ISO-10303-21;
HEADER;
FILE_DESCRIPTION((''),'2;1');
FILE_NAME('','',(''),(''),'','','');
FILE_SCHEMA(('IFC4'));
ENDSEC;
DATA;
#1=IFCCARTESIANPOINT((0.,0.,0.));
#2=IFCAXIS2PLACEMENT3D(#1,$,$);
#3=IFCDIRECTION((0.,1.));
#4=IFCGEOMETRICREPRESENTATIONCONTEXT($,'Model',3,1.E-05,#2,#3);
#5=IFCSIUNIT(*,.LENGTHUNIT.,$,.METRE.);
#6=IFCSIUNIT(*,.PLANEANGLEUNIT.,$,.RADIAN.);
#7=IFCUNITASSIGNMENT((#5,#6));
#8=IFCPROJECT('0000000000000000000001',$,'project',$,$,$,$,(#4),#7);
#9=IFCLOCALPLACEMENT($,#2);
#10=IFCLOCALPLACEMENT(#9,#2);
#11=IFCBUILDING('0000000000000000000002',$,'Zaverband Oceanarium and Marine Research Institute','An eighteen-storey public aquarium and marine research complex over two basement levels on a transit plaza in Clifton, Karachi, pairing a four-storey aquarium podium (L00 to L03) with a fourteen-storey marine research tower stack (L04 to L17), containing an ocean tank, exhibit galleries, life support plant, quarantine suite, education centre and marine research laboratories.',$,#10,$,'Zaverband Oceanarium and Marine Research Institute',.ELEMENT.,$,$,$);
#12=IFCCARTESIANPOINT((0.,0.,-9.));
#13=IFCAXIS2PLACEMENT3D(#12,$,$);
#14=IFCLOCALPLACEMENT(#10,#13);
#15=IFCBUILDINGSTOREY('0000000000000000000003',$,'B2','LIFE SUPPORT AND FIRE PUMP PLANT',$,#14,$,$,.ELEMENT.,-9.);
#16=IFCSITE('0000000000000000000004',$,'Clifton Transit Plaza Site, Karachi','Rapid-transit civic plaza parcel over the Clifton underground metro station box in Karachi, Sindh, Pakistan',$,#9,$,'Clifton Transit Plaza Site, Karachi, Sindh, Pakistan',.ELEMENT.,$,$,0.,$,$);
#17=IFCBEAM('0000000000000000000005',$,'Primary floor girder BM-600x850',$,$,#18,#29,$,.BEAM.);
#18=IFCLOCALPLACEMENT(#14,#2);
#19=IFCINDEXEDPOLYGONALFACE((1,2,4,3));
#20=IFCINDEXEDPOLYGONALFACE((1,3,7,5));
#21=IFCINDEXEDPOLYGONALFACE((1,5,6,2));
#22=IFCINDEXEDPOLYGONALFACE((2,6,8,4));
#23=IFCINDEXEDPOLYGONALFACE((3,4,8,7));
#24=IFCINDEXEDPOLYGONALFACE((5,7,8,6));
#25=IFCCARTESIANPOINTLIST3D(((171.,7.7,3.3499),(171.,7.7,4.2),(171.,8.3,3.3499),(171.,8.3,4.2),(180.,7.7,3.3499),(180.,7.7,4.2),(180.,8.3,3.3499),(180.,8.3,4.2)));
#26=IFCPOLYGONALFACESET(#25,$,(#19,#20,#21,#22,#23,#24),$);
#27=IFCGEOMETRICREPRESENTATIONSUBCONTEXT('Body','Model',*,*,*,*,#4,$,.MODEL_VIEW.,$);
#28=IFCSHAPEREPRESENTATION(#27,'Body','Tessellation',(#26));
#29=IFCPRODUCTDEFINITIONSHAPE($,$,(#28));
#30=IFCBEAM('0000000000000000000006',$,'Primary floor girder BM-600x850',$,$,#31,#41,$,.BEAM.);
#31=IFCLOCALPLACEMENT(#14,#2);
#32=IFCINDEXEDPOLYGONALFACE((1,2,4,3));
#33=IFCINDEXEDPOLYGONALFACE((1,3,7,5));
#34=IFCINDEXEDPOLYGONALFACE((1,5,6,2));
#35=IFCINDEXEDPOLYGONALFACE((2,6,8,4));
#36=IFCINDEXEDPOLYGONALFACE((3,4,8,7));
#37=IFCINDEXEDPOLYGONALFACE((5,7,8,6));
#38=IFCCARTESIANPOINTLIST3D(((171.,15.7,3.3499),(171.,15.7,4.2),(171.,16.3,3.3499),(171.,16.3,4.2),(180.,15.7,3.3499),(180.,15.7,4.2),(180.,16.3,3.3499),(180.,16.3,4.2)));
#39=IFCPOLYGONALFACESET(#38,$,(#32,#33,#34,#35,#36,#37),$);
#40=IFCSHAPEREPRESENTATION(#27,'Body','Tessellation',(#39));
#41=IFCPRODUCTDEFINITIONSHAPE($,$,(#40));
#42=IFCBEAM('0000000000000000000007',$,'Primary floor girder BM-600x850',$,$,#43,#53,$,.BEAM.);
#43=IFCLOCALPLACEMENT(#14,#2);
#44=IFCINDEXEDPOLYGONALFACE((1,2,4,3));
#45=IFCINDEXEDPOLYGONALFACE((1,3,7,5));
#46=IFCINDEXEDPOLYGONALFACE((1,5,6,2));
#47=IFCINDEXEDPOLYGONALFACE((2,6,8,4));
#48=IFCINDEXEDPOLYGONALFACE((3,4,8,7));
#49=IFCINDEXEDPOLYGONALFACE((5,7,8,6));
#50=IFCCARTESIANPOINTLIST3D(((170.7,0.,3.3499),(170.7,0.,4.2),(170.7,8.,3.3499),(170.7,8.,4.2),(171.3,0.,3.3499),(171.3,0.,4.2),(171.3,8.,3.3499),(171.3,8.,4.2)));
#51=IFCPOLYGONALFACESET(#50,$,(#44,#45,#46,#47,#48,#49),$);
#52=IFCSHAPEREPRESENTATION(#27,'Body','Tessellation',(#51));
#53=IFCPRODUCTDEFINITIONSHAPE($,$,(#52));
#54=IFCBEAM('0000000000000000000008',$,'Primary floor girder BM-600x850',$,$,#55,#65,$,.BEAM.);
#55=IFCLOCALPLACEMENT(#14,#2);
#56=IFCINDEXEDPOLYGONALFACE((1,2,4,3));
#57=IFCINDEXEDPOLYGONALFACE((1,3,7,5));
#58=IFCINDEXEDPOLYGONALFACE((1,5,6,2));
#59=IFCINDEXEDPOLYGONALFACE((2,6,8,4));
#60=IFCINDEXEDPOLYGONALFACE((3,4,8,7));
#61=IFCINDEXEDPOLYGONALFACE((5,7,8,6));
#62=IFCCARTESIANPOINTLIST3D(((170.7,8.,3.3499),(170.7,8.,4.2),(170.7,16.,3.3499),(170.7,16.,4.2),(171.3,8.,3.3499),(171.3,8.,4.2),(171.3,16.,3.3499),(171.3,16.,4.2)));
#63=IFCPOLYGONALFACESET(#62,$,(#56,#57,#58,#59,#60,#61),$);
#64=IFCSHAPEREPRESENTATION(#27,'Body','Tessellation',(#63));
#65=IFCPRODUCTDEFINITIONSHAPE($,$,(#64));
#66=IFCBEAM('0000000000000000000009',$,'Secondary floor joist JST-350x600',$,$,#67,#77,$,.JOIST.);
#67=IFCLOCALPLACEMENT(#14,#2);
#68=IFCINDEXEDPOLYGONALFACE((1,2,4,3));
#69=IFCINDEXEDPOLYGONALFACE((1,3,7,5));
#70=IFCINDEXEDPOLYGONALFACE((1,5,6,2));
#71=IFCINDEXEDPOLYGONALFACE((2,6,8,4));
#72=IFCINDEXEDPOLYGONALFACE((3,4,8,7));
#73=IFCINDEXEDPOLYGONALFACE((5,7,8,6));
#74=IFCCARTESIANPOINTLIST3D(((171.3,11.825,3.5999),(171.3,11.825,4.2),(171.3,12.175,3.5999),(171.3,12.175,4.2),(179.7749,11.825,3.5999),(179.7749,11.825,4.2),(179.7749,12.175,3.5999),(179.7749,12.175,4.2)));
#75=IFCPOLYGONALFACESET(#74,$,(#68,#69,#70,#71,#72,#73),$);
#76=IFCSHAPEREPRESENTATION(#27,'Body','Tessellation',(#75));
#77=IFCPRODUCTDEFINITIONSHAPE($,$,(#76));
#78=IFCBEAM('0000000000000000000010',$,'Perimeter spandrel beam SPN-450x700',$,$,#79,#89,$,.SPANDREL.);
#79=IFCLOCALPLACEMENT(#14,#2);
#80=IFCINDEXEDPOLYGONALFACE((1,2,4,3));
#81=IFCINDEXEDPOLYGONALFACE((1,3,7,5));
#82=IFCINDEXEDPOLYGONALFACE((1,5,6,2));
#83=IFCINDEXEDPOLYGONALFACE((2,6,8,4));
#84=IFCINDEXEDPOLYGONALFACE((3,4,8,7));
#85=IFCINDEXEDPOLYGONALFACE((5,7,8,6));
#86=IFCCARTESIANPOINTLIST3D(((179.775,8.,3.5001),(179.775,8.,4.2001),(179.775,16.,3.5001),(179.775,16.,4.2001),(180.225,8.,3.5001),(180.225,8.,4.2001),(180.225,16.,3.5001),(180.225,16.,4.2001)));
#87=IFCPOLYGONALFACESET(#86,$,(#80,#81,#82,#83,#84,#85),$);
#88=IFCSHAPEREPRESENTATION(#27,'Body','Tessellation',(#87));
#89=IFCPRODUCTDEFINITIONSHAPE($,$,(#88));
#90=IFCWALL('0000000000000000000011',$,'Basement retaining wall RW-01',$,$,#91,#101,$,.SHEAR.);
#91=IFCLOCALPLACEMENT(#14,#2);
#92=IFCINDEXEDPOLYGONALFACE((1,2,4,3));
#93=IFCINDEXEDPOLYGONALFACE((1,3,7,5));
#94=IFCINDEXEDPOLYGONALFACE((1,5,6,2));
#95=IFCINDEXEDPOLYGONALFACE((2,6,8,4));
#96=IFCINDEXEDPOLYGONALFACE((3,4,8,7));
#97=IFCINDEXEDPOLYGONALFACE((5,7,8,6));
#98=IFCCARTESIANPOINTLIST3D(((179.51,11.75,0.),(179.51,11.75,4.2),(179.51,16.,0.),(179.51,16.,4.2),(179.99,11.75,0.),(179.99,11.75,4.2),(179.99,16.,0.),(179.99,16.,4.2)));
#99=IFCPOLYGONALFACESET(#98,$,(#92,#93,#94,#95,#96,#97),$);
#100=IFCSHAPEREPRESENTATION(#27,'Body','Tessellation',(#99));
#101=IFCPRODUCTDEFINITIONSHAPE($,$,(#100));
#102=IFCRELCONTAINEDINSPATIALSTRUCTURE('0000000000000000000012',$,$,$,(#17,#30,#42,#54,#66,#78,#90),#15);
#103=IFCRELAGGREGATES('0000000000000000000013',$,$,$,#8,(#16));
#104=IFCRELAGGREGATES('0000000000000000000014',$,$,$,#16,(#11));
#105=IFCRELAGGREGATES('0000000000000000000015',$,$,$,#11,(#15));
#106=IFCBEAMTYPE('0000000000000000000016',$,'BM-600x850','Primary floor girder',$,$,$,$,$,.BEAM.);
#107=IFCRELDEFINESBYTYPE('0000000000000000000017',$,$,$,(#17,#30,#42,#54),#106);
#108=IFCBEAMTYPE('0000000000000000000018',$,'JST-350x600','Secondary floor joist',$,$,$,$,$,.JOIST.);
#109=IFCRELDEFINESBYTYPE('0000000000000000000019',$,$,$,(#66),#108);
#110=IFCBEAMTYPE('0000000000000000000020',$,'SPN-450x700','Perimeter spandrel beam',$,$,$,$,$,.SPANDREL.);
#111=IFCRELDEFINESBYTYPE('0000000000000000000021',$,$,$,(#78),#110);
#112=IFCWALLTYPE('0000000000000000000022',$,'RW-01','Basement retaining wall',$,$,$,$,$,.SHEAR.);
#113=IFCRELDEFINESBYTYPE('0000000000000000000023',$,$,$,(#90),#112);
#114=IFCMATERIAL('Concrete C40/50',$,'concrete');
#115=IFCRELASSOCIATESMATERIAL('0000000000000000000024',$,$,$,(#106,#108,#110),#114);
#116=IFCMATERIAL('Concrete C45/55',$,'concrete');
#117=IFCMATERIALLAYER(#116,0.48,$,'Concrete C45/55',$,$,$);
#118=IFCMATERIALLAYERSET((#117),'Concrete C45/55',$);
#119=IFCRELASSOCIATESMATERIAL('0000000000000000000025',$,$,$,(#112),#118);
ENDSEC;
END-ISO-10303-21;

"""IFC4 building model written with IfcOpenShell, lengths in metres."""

from ifc_helpers import new_model, si_unit, direction, frame, frame_2d, origin, origin_2d, place, context, subcontext, project, spatial, rectangle, extrude, material, layer, layer_set, material_profile, profile_set, type_object, element, save


model = new_model("IFC4")

# Units and contexts
model_context = context("Model", 3, precision=1e-05, world=origin(), true_north=direction((0.0, 1.0)))
body_context = subcontext(model_context, "Body", "Model", "MODEL_VIEW")
ifc_project = project(units=[si_unit("LENGTHUNIT", "METRE"), si_unit("PLANEANGLEUNIT", "RADIAN")], contexts=[model_context])

# Site, building, storey
site_placement = place(None, origin())
site = spatial("IfcSite", under=ifc_project, at=site_placement, Name="Clifton Transit Plaza Site, Karachi", Description="Rapid-transit civic plaza parcel over the Clifton underground metro station box in Karachi, Sindh, Pakistan", LongName="Clifton Transit Plaza Site, Karachi, Sindh, Pakistan", CompositionType="ELEMENT", RefElevation=0.0)
building_placement = place(site_placement, origin())
building = spatial("IfcBuilding", under=site, at=building_placement, Name="Zaverband Oceanarium and Marine Research Institute", Description="An eighteen-storey public aquarium and marine research complex over two basement levels on a transit plaza in Clifton, Karachi, pairing a four-storey aquarium podium (L00 to L03) with a fourteen-storey marine research tower stack (L04 to L17), containing an ocean tank, exhibit galleries, life support plant, quarantine suite, education centre and marine research laboratories.", LongName="Zaverband Oceanarium and Marine Research Institute", CompositionType="ELEMENT")
storey_placement = place(building_placement, frame((0.0, 0.0, -9.0)))
storey = spatial("IfcBuildingStorey", under=building, at=storey_placement, Name="B2", Description="LIFE SUPPORT AND FIRE PUMP PLANT", CompositionType="ELEMENT", Elevation=-9.0)

# Beams
ifc_material_1 = material(Name="Concrete C40/50", Category="concrete")
ifc_material_profile_1 = material_profile(ifc_material_1, rectangle(XDim=0.6001, YDim=0.8501, at=origin_2d()), Name="RC600x850")
ifc_profile_set_1 = profile_set([ifc_material_profile_1], Name="Concrete C40/50")
beam_type_1 = type_object("IfcBeamType", Name="BM-600x850", Description="Primary floor girder", PredefinedType="BEAM", material=ifc_profile_set_1)
for number, where, z_axis, x_axis, name in (
    (1, (171.0, 8.0, 3.7749), (1.0, 0.0, 0.0), (0.0, 1.0, 0.0), "Primary floor girder BM-600x850"),
    (2, (171.0, 16.0, 3.7749), (1.0, 0.0, 0.0), (0.0, 1.0, 0.0), "Primary floor girder BM-600x850"),
):
    element("IfcBeam", number, at=place(storey_placement, frame(where, z_axis=z_axis, x_axis=x_axis)), inside=storey, type_object=beam_type_1, Name=name, PredefinedType="BEAM", context=body_context, shape_type="SweptSolid", body=[
        extrude(rectangle(XDim=0.6001, YDim=0.8501, at=origin_2d()), origin(), (0.0, 0.0, 1.0), 9.0),
    ])
for number, where, z_axis, x_axis, name in (
    (3, (171.0, 0.0, 3.7749), (0.0, 1.0, 0.0), (-1.0, 0.0, 0.0), "Primary floor girder BM-600x850"),
    (4, (171.0, 8.0, 3.7749), (0.0, 1.0, 0.0), (-1.0, 0.0, 0.0), "Primary floor girder BM-600x850"),
):
    element("IfcBeam", number, at=place(storey_placement, frame(where, z_axis=z_axis, x_axis=x_axis)), inside=storey, type_object=beam_type_1, Name=name, PredefinedType="BEAM", context=body_context, shape_type="SweptSolid", body=[
        extrude(rectangle(XDim=0.6001, YDim=0.8501, at=origin_2d()), origin(), (0.0, 0.0, 1.0), 8.0),
    ])
ifc_material_profile_2 = material_profile(ifc_material_1, rectangle(XDim=0.3501, YDim=0.6001, at=origin_2d()), Name="RC350x600")
ifc_profile_set_2 = profile_set([ifc_material_profile_2], Name="Concrete C40/50")
beam_type_2 = type_object("IfcBeamType", Name="JST-350x600", Description="Secondary floor joist", PredefinedType="JOIST", material=ifc_profile_set_2)
beam_1_placement = place(storey_placement, frame((171.3, 12.0, 3.8999), z_axis=(1.0, 0.0, 0.0), x_axis=(0.0, 1.0, 0.0)))
element("IfcBeam", 5, at=beam_1_placement, inside=storey, type_object=beam_type_2, Name="Secondary floor joist JST-350x600", PredefinedType="JOIST", context=body_context, shape_type="SweptSolid", body=[
    extrude(rectangle(XDim=0.3501, YDim=0.6001, at=origin_2d()), origin(), (0.0, 0.0, 1.0), 8.4749),
])
ifc_material_profile_3 = material_profile(ifc_material_1, rectangle(XDim=0.45, YDim=0.7, at=origin_2d()), Name="RC450x700")
ifc_profile_set_3 = profile_set([ifc_material_profile_3], Name="Concrete C40/50")
beam_type_3 = type_object("IfcBeamType", Name="SPN-450x700", Description="Perimeter spandrel beam", PredefinedType="SPANDREL", material=ifc_profile_set_3)
beam_2_placement = place(storey_placement, frame((180.0, 8.0, 3.8501), z_axis=(0.0, 1.0, 0.0), x_axis=(-1.0, 0.0, 0.0)))
element("IfcBeam", 6, at=beam_2_placement, inside=storey, type_object=beam_type_3, Name="Perimeter spandrel beam SPN-450x700", PredefinedType="SPANDREL", context=body_context, shape_type="SweptSolid", body=[
    extrude(rectangle(XDim=0.45, YDim=0.7, at=origin_2d()), origin(), (0.0, 0.0, 1.0), 8.0),
])

# Wall
ifc_material_2 = material(Name="Concrete C45/55", Category="concrete")
ifc_layer_1 = layer(ifc_material_2, 0.48, Name="Concrete C45/55")
ifc_layer_set_1 = layer_set([ifc_layer_1], Name="Concrete C45/55")
wall_type = type_object("IfcWallType", Name="RW-01", Description="Basement retaining wall", PredefinedType="SHEAR", material=ifc_layer_set_1)
wall_placement = place(storey_placement, frame((179.75, 11.75, 0.0), z_axis=(0.0, 0.0, 1.0), x_axis=(0.0, 1.0, 0.0)))
element("IfcWall", 7, at=wall_placement, inside=storey, type_object=wall_type, Name="Basement retaining wall RW-01", PredefinedType="SHEAR", context=body_context, shape_type="SweptSolid", body=[
    extrude(rectangle(XDim=4.25, YDim=0.48, at=frame_2d((2.125, 0.0))), origin(), (0.0, 0.0, 1.0), 4.2),
])

save(model, "model.ifc")
